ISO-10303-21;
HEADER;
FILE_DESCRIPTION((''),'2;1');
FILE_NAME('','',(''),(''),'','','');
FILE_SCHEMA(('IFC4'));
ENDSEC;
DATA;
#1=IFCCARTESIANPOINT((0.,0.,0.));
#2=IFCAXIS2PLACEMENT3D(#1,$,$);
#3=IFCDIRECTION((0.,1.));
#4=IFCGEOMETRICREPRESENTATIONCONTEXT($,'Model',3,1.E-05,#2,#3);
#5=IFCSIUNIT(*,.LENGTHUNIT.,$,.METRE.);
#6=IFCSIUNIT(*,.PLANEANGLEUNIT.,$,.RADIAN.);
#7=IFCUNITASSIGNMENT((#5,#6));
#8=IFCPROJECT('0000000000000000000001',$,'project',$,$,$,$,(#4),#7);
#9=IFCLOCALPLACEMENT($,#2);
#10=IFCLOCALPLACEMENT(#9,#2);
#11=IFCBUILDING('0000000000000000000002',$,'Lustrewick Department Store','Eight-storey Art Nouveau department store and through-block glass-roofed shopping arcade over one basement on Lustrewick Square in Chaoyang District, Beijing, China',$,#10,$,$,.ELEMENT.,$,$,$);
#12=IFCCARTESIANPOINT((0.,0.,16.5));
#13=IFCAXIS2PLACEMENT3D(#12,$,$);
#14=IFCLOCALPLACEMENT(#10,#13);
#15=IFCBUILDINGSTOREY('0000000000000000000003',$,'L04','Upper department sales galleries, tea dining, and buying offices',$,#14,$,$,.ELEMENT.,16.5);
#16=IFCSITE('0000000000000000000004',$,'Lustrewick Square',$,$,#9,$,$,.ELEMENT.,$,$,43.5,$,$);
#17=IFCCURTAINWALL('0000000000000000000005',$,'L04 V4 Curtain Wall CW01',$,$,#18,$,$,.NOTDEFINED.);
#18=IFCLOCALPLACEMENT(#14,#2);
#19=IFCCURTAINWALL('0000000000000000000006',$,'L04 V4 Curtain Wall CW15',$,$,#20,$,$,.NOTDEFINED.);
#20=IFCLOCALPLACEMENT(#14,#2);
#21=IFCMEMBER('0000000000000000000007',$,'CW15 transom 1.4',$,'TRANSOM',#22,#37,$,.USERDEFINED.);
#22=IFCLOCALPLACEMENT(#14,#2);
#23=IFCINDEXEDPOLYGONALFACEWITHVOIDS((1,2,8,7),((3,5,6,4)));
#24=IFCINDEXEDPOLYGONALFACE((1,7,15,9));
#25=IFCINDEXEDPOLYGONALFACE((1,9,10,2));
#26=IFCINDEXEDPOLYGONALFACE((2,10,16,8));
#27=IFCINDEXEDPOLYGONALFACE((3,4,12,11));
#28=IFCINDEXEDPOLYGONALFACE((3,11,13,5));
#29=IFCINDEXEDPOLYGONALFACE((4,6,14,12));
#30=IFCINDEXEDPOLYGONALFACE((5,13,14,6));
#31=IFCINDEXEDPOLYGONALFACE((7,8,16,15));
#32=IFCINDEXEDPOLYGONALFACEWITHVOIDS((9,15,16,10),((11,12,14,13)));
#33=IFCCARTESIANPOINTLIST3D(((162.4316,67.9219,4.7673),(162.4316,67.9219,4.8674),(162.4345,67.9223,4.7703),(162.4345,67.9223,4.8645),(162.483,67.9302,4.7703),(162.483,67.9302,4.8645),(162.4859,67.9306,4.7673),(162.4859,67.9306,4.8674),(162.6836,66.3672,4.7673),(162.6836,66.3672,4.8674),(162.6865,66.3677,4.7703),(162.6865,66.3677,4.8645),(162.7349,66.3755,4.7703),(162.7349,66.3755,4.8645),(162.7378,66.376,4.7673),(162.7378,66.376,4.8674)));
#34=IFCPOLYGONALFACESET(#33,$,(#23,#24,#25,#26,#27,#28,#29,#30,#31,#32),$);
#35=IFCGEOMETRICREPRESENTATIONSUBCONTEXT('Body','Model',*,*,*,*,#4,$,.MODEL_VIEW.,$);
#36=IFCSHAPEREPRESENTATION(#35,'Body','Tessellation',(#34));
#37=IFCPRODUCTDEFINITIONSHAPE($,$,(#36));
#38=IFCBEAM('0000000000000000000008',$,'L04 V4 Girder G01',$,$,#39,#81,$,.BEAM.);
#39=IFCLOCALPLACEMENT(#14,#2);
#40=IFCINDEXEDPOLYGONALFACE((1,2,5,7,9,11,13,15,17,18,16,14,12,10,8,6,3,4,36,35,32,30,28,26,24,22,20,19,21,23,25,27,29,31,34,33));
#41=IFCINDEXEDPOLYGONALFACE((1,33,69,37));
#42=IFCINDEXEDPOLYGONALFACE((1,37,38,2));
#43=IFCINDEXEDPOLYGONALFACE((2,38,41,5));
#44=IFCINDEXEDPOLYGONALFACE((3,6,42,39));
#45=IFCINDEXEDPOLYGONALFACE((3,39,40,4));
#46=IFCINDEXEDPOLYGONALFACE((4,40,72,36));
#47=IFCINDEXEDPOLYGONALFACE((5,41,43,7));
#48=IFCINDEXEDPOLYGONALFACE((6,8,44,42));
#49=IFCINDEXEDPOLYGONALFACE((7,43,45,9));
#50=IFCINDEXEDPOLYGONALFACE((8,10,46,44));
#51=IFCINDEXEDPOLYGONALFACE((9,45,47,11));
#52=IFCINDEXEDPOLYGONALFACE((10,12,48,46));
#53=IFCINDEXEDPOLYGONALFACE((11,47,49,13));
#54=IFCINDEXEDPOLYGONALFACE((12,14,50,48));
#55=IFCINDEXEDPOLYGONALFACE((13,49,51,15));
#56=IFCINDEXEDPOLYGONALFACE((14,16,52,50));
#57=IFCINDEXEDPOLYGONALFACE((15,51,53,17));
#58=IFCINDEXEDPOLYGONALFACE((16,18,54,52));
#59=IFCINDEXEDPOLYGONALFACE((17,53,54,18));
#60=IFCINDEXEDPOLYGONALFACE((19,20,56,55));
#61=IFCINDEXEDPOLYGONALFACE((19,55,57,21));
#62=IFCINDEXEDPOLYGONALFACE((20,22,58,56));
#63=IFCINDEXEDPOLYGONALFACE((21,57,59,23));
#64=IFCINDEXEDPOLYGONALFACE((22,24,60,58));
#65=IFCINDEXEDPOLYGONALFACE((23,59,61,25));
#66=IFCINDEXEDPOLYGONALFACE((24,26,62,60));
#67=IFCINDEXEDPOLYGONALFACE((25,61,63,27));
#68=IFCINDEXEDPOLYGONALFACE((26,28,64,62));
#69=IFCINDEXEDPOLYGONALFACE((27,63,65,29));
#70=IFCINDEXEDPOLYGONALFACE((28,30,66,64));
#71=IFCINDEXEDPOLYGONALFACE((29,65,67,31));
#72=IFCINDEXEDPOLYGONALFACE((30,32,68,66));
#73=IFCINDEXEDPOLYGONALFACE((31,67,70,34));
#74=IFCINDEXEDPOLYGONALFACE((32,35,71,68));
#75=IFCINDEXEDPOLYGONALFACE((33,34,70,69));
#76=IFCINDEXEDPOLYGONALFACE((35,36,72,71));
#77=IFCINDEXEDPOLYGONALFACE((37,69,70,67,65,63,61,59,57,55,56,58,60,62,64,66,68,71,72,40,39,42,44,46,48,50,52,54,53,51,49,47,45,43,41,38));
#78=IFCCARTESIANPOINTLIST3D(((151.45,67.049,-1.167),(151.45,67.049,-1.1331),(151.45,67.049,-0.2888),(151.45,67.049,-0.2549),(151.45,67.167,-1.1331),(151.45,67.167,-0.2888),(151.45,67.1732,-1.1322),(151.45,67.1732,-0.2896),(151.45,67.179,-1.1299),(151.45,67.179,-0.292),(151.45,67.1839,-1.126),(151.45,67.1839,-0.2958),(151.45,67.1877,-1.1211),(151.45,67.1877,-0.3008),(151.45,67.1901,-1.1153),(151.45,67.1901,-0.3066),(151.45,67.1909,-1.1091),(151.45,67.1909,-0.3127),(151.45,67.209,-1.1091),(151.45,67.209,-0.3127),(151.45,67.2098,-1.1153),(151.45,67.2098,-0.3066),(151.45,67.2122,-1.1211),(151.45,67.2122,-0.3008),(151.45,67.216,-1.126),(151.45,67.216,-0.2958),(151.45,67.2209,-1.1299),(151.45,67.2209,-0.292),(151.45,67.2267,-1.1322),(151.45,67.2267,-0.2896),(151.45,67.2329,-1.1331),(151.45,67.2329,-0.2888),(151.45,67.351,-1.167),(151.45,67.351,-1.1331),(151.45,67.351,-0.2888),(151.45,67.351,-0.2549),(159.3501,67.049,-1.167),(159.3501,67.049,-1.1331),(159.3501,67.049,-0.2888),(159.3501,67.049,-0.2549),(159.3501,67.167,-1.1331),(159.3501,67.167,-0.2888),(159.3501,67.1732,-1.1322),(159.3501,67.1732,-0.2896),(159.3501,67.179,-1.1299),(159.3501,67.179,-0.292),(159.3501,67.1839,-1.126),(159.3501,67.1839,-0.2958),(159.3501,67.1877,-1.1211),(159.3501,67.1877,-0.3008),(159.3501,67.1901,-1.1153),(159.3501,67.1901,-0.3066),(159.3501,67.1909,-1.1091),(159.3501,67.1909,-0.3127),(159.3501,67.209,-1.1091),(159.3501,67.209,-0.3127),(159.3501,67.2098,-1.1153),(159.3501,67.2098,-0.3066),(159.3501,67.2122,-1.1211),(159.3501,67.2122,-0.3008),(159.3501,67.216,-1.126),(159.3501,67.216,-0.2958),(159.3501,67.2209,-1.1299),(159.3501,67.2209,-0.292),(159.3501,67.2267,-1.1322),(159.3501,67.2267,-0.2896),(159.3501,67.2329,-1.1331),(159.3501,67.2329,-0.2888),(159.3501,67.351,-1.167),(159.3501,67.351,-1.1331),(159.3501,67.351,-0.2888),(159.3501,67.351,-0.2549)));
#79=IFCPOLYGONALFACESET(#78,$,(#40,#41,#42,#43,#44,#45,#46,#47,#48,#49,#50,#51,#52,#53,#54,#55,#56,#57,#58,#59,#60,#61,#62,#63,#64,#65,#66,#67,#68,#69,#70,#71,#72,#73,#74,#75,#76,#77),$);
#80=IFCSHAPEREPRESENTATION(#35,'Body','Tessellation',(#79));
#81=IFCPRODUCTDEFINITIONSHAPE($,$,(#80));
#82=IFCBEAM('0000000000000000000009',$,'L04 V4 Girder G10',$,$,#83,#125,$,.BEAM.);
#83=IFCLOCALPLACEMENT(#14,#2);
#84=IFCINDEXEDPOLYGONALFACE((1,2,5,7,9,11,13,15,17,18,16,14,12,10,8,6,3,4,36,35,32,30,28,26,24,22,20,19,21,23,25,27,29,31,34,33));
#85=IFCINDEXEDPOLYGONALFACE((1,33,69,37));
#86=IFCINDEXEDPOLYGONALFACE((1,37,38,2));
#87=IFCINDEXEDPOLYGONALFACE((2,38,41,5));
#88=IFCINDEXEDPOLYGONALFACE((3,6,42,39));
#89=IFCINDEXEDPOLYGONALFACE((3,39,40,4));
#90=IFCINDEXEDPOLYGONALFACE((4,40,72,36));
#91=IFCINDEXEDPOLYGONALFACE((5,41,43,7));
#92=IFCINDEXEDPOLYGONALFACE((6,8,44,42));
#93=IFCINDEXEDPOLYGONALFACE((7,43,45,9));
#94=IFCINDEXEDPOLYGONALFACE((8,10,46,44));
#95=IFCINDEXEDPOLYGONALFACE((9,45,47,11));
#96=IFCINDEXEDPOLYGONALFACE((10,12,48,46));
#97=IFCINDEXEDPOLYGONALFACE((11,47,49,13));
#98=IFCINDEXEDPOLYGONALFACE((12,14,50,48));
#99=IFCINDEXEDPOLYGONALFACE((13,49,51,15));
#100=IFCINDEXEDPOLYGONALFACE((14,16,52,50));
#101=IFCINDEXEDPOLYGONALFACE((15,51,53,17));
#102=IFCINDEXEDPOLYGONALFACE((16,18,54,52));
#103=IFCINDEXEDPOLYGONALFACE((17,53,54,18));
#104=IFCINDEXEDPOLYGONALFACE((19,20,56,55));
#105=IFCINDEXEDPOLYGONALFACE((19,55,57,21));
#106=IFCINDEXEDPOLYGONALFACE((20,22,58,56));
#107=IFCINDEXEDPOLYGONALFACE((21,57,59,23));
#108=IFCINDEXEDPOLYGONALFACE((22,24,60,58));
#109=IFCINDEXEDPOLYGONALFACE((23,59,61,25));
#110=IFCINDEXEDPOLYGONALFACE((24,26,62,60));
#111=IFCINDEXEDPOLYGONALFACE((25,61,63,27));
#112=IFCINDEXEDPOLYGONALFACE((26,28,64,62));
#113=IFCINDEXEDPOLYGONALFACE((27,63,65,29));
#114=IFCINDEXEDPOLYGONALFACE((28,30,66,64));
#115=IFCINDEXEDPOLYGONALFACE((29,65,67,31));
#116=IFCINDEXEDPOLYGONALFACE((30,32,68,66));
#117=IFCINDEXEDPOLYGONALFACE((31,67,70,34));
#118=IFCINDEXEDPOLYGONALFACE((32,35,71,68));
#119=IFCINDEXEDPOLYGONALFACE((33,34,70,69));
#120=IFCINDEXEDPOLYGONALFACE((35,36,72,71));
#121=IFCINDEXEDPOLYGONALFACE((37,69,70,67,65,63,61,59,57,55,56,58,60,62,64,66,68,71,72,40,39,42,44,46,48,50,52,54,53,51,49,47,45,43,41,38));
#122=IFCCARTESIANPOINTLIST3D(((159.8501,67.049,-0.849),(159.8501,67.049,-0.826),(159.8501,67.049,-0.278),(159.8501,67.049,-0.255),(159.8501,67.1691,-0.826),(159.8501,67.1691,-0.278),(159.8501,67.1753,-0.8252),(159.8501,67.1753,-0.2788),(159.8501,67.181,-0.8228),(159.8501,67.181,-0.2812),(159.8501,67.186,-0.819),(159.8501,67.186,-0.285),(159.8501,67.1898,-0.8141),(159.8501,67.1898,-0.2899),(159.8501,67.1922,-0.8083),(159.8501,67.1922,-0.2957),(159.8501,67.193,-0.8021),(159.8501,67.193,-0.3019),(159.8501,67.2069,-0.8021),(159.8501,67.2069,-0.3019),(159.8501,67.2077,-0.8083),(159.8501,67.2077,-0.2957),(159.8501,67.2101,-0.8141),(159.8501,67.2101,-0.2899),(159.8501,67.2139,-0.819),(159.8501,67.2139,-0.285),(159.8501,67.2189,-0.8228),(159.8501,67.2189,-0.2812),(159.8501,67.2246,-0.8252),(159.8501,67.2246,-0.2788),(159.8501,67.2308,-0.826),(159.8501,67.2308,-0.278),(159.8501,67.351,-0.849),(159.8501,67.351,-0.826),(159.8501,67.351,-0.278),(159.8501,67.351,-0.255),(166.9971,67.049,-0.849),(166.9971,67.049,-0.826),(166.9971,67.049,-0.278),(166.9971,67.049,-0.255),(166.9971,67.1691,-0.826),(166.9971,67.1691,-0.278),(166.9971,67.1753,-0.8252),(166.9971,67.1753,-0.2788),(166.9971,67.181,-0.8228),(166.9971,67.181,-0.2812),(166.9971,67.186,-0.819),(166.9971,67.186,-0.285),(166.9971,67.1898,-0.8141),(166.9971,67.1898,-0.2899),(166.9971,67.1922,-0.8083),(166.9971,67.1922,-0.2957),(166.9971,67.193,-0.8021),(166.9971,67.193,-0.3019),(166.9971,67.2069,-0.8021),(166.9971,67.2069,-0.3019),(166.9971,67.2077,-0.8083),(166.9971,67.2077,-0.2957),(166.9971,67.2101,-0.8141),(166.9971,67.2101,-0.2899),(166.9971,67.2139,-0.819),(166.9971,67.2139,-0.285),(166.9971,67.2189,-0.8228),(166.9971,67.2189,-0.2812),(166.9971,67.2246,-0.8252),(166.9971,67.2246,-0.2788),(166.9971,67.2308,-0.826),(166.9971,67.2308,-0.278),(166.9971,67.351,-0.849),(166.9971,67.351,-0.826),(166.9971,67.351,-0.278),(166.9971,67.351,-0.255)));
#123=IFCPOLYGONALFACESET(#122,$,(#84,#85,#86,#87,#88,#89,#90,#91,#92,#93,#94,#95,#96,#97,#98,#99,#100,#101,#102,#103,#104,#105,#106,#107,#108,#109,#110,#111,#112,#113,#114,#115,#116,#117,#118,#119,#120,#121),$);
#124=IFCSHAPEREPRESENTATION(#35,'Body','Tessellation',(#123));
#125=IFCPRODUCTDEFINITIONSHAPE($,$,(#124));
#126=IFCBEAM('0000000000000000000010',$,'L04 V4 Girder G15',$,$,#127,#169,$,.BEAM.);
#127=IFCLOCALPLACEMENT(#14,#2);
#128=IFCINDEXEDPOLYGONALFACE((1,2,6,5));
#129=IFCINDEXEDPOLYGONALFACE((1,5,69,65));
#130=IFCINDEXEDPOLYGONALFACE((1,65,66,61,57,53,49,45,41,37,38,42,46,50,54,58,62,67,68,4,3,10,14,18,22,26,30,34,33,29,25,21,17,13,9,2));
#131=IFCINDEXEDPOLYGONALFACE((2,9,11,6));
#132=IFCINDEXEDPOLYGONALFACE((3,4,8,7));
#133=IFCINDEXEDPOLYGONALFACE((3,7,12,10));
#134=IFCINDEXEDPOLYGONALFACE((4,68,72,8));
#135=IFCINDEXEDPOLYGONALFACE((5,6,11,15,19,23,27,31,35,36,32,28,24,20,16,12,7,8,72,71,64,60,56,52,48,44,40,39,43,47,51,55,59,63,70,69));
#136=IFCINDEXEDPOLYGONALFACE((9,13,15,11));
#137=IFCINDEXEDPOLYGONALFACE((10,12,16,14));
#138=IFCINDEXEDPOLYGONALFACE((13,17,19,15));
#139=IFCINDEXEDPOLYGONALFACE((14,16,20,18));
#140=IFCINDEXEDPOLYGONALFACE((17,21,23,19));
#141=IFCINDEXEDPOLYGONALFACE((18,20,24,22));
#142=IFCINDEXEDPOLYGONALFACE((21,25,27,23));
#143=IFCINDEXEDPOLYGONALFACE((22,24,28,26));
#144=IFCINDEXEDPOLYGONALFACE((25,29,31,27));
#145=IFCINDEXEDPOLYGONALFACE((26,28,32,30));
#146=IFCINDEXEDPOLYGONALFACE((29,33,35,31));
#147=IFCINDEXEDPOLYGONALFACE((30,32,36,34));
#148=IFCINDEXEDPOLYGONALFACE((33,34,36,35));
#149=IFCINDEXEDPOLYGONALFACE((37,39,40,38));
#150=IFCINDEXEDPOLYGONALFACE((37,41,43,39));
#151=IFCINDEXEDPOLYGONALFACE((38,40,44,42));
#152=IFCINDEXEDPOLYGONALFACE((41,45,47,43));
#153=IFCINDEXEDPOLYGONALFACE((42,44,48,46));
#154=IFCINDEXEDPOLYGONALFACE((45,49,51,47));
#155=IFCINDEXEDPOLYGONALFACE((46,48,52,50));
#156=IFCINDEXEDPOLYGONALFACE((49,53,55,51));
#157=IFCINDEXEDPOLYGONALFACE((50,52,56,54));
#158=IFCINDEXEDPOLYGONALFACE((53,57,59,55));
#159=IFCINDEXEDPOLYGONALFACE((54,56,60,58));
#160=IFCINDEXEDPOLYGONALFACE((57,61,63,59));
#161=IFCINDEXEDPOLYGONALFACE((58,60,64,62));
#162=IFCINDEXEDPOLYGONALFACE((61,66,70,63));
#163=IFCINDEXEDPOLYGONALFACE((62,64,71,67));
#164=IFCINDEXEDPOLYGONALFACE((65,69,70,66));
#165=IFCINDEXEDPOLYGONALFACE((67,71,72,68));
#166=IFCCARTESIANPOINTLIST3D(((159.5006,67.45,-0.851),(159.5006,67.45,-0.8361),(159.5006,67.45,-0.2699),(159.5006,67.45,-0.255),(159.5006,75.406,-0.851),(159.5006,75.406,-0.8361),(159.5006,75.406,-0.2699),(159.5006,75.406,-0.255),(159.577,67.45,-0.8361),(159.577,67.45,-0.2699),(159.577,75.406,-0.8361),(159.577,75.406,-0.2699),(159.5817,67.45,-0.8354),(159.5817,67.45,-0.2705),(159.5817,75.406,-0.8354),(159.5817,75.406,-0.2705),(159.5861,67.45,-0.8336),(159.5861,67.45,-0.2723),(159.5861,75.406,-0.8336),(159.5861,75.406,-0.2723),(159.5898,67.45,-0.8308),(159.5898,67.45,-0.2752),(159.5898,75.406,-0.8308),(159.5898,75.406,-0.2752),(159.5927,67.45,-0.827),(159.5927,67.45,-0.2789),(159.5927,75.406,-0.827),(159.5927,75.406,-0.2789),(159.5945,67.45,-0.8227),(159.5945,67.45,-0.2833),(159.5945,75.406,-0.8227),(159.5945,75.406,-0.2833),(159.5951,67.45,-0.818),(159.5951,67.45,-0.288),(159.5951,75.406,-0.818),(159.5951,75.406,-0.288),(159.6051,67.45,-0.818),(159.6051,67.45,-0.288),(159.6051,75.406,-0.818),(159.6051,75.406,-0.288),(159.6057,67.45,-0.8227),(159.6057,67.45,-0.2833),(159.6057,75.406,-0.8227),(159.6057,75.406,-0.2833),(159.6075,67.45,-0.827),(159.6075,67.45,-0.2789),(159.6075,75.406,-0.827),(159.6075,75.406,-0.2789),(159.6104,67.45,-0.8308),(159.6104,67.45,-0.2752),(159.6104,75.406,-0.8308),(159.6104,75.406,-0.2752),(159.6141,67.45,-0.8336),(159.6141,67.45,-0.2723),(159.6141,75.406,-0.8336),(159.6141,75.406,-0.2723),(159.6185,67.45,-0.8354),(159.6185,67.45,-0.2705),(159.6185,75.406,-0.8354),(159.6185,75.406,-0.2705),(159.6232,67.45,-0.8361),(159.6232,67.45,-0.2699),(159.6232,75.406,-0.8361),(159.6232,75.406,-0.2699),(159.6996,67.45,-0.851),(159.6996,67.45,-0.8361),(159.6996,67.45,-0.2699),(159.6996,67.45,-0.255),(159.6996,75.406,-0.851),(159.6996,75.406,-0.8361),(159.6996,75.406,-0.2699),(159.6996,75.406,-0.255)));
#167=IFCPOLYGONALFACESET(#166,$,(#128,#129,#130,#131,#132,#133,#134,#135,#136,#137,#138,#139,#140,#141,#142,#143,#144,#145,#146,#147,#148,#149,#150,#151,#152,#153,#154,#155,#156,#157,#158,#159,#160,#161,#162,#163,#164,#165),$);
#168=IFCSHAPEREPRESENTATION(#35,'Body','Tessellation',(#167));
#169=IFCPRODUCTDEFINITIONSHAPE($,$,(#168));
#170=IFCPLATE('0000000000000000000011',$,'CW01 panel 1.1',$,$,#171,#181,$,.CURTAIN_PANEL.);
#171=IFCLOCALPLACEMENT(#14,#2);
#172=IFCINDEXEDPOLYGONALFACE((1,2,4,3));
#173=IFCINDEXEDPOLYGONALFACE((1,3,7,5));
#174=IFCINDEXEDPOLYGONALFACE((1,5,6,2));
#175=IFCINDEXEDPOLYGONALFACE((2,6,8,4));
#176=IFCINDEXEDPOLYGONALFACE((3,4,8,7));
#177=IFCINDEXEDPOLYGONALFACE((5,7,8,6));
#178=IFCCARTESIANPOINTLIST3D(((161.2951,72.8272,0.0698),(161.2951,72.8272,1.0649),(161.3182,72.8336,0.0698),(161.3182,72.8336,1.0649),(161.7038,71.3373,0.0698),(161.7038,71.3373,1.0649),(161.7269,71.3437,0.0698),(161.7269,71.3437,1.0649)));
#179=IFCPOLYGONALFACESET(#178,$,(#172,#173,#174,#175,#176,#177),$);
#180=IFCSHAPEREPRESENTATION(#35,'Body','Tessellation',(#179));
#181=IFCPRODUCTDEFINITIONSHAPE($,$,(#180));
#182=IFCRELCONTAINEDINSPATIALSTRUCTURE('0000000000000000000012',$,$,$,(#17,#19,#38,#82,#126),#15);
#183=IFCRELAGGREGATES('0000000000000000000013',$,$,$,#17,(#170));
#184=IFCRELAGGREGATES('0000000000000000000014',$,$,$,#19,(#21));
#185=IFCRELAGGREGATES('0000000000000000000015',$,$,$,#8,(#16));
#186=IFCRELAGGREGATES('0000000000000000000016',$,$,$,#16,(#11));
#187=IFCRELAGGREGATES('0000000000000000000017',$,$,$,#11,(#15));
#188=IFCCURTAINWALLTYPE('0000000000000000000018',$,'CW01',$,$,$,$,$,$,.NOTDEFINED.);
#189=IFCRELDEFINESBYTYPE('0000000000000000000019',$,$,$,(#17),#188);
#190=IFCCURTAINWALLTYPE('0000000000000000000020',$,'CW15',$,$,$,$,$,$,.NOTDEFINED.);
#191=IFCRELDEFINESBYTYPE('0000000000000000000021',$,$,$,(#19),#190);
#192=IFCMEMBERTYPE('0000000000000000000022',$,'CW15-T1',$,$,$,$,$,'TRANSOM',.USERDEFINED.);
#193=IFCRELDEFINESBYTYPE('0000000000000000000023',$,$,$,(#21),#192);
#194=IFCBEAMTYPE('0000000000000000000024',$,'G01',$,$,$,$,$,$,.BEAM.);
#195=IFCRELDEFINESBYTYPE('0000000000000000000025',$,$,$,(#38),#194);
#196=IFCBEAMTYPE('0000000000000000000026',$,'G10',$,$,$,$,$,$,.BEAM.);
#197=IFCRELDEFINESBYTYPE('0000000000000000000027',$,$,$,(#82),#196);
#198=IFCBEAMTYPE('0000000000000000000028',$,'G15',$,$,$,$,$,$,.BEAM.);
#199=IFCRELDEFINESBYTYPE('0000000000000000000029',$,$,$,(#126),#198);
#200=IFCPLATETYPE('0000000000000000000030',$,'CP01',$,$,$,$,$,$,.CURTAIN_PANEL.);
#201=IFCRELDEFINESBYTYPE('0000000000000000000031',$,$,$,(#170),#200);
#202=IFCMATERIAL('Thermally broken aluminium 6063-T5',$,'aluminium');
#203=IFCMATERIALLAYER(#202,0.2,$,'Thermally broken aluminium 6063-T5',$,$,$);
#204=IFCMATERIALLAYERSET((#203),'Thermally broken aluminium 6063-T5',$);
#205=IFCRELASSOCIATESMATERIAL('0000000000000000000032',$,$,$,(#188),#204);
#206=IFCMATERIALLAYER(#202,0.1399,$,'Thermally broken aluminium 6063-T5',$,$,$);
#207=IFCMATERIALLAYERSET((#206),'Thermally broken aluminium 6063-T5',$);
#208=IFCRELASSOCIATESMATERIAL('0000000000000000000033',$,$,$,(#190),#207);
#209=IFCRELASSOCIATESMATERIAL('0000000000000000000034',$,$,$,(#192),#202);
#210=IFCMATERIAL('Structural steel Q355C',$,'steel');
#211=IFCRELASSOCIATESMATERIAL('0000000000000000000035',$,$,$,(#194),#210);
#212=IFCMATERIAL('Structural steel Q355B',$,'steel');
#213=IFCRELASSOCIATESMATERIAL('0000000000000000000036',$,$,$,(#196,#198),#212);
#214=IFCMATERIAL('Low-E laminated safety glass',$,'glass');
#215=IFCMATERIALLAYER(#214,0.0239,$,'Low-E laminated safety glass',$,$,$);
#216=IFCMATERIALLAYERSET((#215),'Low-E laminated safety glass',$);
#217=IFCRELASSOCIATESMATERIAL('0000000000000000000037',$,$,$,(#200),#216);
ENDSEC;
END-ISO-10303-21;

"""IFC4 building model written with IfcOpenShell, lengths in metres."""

from ifc_helpers import new_model, si_unit, direction, frame, origin, origin_2d, place, context, subcontext, project, spatial, rectangle, hollow_rectangle, i_section, extrude, material, layer, layer_set, material_profile, profile_set, type_object, element, aggregate, save


model = new_model("IFC4")

# Units and contexts
model_context = context("Model", 3, precision=1e-05, world=origin(), true_north=direction((0.0, 1.0)))
body_context = subcontext(model_context, "Body", "Model", "MODEL_VIEW")
ifc_project = project(units=[si_unit("LENGTHUNIT", "METRE"), si_unit("PLANEANGLEUNIT", "RADIAN")], contexts=[model_context])

# Site, building, storey
site_placement = place(None, origin())
site = spatial("IfcSite", under=ifc_project, at=site_placement, Name="Lustrewick Square", CompositionType="ELEMENT", RefElevation=43.5)
building_placement = place(site_placement, origin())
building = spatial("IfcBuilding", under=site, at=building_placement, Name="Lustrewick Department Store", Description="Eight-storey Art Nouveau department store and through-block glass-roofed shopping arcade over one basement on Lustrewick Square in Chaoyang District, Beijing, China", CompositionType="ELEMENT")
storey_placement = place(building_placement, frame((0.0, 0.0, 16.5)))
storey = spatial("IfcBuildingStorey", under=building, at=storey_placement, Name="L04", Description="Upper department sales galleries, tea dining, and buying offices", CompositionType="ELEMENT", Elevation=16.5)

# Shared definitions
ifc_material_1 = material(Name="Structural steel Q355B", Category="steel")

# Curtain wall
ifc_material_2 = material(Name="Thermally broken aluminium 6063-T5", Category="aluminium")
ifc_layer_1 = layer(ifc_material_2, 0.2, Name="Thermally broken aluminium 6063-T5")
ifc_layer_set_1 = layer_set([ifc_layer_1], Name="Thermally broken aluminium 6063-T5")
curtain_wall_type_1 = type_object("IfcCurtainWallType", Name="CW01", PredefinedType="NOTDEFINED", material=ifc_layer_set_1)
curtain_wall_1_placement = place(storey_placement, origin())
curtain_wall_1 = element("IfcCurtainWall", 1, at=curtain_wall_1_placement, inside=storey, type_object=curtain_wall_type_1, Name="L04 V4 Curtain Wall CW01", PredefinedType="NOTDEFINED")

# Curtain wall, member
ifc_layer_2 = layer(ifc_material_2, 0.1399, Name="Thermally broken aluminium 6063-T5")
ifc_layer_set_2 = layer_set([ifc_layer_2], Name="Thermally broken aluminium 6063-T5")
curtain_wall_type_2 = type_object("IfcCurtainWallType", Name="CW15", PredefinedType="NOTDEFINED", material=ifc_layer_set_2)
curtain_wall_2_placement = place(storey_placement, origin())
curtain_wall_2 = element("IfcCurtainWall", 2, at=curtain_wall_2_placement, inside=storey, type_object=curtain_wall_type_2, Name="L04 V4 Curtain Wall CW15", PredefinedType="NOTDEFINED")
ifc_material_profile_1 = material_profile(ifc_material_2, hollow_rectangle(XDim=0.0549, YDim=0.1001, WallThickness=0.0029, at=origin_2d()), Name="ALU-T 55x100x3")
ifc_profile_set_1 = profile_set([ifc_material_profile_1], Name="Thermally broken aluminium 6063-T5")
member_type_1 = type_object("IfcMemberType", Name="CW15-T1", ElementType="TRANSOM", PredefinedType="USERDEFINED", material=ifc_profile_set_1)
member_1_placement = place(storey_placement, frame((162.7107, 66.3716, 4.8174), z_axis=(-0.159973, 0.987121, 0.0), x_axis=(-0.987121, -0.159973, 0.0)))
member_1 = element("IfcMember", 3, at=member_1_placement, type_object=member_type_1, Name="CW15 transom 1.4", ObjectType="TRANSOM", PredefinedType="USERDEFINED", context=body_context, shape_type="SweptSolid", body=[
    extrude(hollow_rectangle(XDim=0.0549, YDim=0.1001, WallThickness=0.0029, at=origin_2d()), origin(), (0.0, 0.0, 1.0), 1.575),
])

# Beams
ifc_material_3 = material(Name="Structural steel Q355C", Category="steel")
ifc_material_profile_2 = material_profile(ifc_material_3, i_section(OverallWidth=0.302, OverallDepth=0.9121, WebThickness=0.0181, FlangeThickness=0.0339, FilletRadius=0.0239, at=origin_2d()), Name="HN 912x302x18x34")
ifc_profile_set_2 = profile_set([ifc_material_profile_2], Name="Structural steel Q355C")
beam_type_1 = type_object("IfcBeamType", Name="G01", PredefinedType="BEAM", material=ifc_profile_set_2)
beam_1_placement = place(storey_placement, frame((151.45, 67.2, -0.7109), z_axis=(1.0, 0.0, 0.0), x_axis=(0.0, 1.0, 0.0)))
element("IfcBeam", 4, at=beam_1_placement, inside=storey, type_object=beam_type_1, Name="L04 V4 Girder G01", PredefinedType="BEAM", context=body_context, shape_type="SweptSolid", body=[
    extrude(i_section(OverallWidth=0.302, OverallDepth=0.9121, WebThickness=0.0181, FlangeThickness=0.0339, FilletRadius=0.0239, at=origin_2d()), origin(), (0.0, 0.0, 1.0), 7.9001),
])
ifc_material_profile_3 = material_profile(ifc_material_1, i_section(OverallWidth=0.302, OverallDepth=0.594, WebThickness=0.0139, FlangeThickness=0.0229, FilletRadius=0.0239, at=origin_2d()), Name="HM 594x302x14x23")
ifc_profile_set_3 = profile_set([ifc_material_profile_3], Name="Structural steel Q355B")
beam_type_2 = type_object("IfcBeamType", Name="G10", PredefinedType="BEAM", material=ifc_profile_set_3)
beam_2_placement = place(storey_placement, frame((159.8501, 67.2, -0.552), z_axis=(1.0, 0.0, 0.0), x_axis=(0.0, 1.0, 0.0)))
element("IfcBeam", 5, at=beam_2_placement, inside=storey, type_object=beam_type_2, Name="L04 V4 Girder G10", PredefinedType="BEAM", context=body_context, shape_type="SweptSolid", body=[
    extrude(i_section(OverallWidth=0.302, OverallDepth=0.594, WebThickness=0.0139, FlangeThickness=0.0229, FilletRadius=0.0239, at=origin_2d()), origin(), (0.0, 0.0, 1.0), 7.147),
])
ifc_material_profile_4 = material_profile(ifc_material_1, i_section(OverallWidth=0.199, OverallDepth=0.5959, WebThickness=0.01, FlangeThickness=0.0149, FilletRadius=0.0181, at=origin_2d()), Name="HN 596x199x10x15")
ifc_profile_set_4 = profile_set([ifc_material_profile_4], Name="Structural steel Q355B")
beam_type_3 = type_object("IfcBeamType", Name="G15", PredefinedType="BEAM", material=ifc_profile_set_4)
beam_3_placement = place(storey_placement, frame((159.6001, 67.45, -0.553), z_axis=(0.0, 1.0, 0.0), x_axis=(-1.0, 0.0, 0.0)))
element("IfcBeam", 6, at=beam_3_placement, inside=storey, type_object=beam_type_3, Name="L04 V4 Girder G15", PredefinedType="BEAM", context=body_context, shape_type="SweptSolid", body=[
    extrude(i_section(OverallWidth=0.199, OverallDepth=0.5959, WebThickness=0.01, FlangeThickness=0.0149, FilletRadius=0.0181, at=origin_2d()), origin(), (0.0, 0.0, 1.0), 7.9561),
])

# Plate
ifc_material_4 = material(Name="Low-E laminated safety glass", Category="glass")
ifc_layer_3 = layer(ifc_material_4, 0.0239, Name="Low-E laminated safety glass")
ifc_layer_set_3 = layer_set([ifc_layer_3], Name="Low-E laminated safety glass")
plate_type_1 = type_object("IfcPlateType", Name="CP01", PredefinedType="CURTAIN_PANEL", material=ifc_layer_set_3)
plate_1_placement = place(storey_placement, frame((161.511, 72.0854, 0.0698), z_axis=(0.0, 0.0, 1.0), x_axis=(-0.264523, 0.964379, 0.0)))
plate_1 = element("IfcPlate", 7, at=plate_1_placement, type_object=plate_type_1, Name="CW01 panel 1.1", PredefinedType="CURTAIN_PANEL", context=body_context, shape_type="SweptSolid", body=[
    extrude(rectangle(XDim=1.5449, YDim=0.0239, at=origin_2d()), origin(), (0.0, 0.0, 1.0), 0.9951),
])
aggregate(curtain_wall_1, [plate_1])
aggregate(curtain_wall_2, [member_1])

save(model, "model.ifc")
